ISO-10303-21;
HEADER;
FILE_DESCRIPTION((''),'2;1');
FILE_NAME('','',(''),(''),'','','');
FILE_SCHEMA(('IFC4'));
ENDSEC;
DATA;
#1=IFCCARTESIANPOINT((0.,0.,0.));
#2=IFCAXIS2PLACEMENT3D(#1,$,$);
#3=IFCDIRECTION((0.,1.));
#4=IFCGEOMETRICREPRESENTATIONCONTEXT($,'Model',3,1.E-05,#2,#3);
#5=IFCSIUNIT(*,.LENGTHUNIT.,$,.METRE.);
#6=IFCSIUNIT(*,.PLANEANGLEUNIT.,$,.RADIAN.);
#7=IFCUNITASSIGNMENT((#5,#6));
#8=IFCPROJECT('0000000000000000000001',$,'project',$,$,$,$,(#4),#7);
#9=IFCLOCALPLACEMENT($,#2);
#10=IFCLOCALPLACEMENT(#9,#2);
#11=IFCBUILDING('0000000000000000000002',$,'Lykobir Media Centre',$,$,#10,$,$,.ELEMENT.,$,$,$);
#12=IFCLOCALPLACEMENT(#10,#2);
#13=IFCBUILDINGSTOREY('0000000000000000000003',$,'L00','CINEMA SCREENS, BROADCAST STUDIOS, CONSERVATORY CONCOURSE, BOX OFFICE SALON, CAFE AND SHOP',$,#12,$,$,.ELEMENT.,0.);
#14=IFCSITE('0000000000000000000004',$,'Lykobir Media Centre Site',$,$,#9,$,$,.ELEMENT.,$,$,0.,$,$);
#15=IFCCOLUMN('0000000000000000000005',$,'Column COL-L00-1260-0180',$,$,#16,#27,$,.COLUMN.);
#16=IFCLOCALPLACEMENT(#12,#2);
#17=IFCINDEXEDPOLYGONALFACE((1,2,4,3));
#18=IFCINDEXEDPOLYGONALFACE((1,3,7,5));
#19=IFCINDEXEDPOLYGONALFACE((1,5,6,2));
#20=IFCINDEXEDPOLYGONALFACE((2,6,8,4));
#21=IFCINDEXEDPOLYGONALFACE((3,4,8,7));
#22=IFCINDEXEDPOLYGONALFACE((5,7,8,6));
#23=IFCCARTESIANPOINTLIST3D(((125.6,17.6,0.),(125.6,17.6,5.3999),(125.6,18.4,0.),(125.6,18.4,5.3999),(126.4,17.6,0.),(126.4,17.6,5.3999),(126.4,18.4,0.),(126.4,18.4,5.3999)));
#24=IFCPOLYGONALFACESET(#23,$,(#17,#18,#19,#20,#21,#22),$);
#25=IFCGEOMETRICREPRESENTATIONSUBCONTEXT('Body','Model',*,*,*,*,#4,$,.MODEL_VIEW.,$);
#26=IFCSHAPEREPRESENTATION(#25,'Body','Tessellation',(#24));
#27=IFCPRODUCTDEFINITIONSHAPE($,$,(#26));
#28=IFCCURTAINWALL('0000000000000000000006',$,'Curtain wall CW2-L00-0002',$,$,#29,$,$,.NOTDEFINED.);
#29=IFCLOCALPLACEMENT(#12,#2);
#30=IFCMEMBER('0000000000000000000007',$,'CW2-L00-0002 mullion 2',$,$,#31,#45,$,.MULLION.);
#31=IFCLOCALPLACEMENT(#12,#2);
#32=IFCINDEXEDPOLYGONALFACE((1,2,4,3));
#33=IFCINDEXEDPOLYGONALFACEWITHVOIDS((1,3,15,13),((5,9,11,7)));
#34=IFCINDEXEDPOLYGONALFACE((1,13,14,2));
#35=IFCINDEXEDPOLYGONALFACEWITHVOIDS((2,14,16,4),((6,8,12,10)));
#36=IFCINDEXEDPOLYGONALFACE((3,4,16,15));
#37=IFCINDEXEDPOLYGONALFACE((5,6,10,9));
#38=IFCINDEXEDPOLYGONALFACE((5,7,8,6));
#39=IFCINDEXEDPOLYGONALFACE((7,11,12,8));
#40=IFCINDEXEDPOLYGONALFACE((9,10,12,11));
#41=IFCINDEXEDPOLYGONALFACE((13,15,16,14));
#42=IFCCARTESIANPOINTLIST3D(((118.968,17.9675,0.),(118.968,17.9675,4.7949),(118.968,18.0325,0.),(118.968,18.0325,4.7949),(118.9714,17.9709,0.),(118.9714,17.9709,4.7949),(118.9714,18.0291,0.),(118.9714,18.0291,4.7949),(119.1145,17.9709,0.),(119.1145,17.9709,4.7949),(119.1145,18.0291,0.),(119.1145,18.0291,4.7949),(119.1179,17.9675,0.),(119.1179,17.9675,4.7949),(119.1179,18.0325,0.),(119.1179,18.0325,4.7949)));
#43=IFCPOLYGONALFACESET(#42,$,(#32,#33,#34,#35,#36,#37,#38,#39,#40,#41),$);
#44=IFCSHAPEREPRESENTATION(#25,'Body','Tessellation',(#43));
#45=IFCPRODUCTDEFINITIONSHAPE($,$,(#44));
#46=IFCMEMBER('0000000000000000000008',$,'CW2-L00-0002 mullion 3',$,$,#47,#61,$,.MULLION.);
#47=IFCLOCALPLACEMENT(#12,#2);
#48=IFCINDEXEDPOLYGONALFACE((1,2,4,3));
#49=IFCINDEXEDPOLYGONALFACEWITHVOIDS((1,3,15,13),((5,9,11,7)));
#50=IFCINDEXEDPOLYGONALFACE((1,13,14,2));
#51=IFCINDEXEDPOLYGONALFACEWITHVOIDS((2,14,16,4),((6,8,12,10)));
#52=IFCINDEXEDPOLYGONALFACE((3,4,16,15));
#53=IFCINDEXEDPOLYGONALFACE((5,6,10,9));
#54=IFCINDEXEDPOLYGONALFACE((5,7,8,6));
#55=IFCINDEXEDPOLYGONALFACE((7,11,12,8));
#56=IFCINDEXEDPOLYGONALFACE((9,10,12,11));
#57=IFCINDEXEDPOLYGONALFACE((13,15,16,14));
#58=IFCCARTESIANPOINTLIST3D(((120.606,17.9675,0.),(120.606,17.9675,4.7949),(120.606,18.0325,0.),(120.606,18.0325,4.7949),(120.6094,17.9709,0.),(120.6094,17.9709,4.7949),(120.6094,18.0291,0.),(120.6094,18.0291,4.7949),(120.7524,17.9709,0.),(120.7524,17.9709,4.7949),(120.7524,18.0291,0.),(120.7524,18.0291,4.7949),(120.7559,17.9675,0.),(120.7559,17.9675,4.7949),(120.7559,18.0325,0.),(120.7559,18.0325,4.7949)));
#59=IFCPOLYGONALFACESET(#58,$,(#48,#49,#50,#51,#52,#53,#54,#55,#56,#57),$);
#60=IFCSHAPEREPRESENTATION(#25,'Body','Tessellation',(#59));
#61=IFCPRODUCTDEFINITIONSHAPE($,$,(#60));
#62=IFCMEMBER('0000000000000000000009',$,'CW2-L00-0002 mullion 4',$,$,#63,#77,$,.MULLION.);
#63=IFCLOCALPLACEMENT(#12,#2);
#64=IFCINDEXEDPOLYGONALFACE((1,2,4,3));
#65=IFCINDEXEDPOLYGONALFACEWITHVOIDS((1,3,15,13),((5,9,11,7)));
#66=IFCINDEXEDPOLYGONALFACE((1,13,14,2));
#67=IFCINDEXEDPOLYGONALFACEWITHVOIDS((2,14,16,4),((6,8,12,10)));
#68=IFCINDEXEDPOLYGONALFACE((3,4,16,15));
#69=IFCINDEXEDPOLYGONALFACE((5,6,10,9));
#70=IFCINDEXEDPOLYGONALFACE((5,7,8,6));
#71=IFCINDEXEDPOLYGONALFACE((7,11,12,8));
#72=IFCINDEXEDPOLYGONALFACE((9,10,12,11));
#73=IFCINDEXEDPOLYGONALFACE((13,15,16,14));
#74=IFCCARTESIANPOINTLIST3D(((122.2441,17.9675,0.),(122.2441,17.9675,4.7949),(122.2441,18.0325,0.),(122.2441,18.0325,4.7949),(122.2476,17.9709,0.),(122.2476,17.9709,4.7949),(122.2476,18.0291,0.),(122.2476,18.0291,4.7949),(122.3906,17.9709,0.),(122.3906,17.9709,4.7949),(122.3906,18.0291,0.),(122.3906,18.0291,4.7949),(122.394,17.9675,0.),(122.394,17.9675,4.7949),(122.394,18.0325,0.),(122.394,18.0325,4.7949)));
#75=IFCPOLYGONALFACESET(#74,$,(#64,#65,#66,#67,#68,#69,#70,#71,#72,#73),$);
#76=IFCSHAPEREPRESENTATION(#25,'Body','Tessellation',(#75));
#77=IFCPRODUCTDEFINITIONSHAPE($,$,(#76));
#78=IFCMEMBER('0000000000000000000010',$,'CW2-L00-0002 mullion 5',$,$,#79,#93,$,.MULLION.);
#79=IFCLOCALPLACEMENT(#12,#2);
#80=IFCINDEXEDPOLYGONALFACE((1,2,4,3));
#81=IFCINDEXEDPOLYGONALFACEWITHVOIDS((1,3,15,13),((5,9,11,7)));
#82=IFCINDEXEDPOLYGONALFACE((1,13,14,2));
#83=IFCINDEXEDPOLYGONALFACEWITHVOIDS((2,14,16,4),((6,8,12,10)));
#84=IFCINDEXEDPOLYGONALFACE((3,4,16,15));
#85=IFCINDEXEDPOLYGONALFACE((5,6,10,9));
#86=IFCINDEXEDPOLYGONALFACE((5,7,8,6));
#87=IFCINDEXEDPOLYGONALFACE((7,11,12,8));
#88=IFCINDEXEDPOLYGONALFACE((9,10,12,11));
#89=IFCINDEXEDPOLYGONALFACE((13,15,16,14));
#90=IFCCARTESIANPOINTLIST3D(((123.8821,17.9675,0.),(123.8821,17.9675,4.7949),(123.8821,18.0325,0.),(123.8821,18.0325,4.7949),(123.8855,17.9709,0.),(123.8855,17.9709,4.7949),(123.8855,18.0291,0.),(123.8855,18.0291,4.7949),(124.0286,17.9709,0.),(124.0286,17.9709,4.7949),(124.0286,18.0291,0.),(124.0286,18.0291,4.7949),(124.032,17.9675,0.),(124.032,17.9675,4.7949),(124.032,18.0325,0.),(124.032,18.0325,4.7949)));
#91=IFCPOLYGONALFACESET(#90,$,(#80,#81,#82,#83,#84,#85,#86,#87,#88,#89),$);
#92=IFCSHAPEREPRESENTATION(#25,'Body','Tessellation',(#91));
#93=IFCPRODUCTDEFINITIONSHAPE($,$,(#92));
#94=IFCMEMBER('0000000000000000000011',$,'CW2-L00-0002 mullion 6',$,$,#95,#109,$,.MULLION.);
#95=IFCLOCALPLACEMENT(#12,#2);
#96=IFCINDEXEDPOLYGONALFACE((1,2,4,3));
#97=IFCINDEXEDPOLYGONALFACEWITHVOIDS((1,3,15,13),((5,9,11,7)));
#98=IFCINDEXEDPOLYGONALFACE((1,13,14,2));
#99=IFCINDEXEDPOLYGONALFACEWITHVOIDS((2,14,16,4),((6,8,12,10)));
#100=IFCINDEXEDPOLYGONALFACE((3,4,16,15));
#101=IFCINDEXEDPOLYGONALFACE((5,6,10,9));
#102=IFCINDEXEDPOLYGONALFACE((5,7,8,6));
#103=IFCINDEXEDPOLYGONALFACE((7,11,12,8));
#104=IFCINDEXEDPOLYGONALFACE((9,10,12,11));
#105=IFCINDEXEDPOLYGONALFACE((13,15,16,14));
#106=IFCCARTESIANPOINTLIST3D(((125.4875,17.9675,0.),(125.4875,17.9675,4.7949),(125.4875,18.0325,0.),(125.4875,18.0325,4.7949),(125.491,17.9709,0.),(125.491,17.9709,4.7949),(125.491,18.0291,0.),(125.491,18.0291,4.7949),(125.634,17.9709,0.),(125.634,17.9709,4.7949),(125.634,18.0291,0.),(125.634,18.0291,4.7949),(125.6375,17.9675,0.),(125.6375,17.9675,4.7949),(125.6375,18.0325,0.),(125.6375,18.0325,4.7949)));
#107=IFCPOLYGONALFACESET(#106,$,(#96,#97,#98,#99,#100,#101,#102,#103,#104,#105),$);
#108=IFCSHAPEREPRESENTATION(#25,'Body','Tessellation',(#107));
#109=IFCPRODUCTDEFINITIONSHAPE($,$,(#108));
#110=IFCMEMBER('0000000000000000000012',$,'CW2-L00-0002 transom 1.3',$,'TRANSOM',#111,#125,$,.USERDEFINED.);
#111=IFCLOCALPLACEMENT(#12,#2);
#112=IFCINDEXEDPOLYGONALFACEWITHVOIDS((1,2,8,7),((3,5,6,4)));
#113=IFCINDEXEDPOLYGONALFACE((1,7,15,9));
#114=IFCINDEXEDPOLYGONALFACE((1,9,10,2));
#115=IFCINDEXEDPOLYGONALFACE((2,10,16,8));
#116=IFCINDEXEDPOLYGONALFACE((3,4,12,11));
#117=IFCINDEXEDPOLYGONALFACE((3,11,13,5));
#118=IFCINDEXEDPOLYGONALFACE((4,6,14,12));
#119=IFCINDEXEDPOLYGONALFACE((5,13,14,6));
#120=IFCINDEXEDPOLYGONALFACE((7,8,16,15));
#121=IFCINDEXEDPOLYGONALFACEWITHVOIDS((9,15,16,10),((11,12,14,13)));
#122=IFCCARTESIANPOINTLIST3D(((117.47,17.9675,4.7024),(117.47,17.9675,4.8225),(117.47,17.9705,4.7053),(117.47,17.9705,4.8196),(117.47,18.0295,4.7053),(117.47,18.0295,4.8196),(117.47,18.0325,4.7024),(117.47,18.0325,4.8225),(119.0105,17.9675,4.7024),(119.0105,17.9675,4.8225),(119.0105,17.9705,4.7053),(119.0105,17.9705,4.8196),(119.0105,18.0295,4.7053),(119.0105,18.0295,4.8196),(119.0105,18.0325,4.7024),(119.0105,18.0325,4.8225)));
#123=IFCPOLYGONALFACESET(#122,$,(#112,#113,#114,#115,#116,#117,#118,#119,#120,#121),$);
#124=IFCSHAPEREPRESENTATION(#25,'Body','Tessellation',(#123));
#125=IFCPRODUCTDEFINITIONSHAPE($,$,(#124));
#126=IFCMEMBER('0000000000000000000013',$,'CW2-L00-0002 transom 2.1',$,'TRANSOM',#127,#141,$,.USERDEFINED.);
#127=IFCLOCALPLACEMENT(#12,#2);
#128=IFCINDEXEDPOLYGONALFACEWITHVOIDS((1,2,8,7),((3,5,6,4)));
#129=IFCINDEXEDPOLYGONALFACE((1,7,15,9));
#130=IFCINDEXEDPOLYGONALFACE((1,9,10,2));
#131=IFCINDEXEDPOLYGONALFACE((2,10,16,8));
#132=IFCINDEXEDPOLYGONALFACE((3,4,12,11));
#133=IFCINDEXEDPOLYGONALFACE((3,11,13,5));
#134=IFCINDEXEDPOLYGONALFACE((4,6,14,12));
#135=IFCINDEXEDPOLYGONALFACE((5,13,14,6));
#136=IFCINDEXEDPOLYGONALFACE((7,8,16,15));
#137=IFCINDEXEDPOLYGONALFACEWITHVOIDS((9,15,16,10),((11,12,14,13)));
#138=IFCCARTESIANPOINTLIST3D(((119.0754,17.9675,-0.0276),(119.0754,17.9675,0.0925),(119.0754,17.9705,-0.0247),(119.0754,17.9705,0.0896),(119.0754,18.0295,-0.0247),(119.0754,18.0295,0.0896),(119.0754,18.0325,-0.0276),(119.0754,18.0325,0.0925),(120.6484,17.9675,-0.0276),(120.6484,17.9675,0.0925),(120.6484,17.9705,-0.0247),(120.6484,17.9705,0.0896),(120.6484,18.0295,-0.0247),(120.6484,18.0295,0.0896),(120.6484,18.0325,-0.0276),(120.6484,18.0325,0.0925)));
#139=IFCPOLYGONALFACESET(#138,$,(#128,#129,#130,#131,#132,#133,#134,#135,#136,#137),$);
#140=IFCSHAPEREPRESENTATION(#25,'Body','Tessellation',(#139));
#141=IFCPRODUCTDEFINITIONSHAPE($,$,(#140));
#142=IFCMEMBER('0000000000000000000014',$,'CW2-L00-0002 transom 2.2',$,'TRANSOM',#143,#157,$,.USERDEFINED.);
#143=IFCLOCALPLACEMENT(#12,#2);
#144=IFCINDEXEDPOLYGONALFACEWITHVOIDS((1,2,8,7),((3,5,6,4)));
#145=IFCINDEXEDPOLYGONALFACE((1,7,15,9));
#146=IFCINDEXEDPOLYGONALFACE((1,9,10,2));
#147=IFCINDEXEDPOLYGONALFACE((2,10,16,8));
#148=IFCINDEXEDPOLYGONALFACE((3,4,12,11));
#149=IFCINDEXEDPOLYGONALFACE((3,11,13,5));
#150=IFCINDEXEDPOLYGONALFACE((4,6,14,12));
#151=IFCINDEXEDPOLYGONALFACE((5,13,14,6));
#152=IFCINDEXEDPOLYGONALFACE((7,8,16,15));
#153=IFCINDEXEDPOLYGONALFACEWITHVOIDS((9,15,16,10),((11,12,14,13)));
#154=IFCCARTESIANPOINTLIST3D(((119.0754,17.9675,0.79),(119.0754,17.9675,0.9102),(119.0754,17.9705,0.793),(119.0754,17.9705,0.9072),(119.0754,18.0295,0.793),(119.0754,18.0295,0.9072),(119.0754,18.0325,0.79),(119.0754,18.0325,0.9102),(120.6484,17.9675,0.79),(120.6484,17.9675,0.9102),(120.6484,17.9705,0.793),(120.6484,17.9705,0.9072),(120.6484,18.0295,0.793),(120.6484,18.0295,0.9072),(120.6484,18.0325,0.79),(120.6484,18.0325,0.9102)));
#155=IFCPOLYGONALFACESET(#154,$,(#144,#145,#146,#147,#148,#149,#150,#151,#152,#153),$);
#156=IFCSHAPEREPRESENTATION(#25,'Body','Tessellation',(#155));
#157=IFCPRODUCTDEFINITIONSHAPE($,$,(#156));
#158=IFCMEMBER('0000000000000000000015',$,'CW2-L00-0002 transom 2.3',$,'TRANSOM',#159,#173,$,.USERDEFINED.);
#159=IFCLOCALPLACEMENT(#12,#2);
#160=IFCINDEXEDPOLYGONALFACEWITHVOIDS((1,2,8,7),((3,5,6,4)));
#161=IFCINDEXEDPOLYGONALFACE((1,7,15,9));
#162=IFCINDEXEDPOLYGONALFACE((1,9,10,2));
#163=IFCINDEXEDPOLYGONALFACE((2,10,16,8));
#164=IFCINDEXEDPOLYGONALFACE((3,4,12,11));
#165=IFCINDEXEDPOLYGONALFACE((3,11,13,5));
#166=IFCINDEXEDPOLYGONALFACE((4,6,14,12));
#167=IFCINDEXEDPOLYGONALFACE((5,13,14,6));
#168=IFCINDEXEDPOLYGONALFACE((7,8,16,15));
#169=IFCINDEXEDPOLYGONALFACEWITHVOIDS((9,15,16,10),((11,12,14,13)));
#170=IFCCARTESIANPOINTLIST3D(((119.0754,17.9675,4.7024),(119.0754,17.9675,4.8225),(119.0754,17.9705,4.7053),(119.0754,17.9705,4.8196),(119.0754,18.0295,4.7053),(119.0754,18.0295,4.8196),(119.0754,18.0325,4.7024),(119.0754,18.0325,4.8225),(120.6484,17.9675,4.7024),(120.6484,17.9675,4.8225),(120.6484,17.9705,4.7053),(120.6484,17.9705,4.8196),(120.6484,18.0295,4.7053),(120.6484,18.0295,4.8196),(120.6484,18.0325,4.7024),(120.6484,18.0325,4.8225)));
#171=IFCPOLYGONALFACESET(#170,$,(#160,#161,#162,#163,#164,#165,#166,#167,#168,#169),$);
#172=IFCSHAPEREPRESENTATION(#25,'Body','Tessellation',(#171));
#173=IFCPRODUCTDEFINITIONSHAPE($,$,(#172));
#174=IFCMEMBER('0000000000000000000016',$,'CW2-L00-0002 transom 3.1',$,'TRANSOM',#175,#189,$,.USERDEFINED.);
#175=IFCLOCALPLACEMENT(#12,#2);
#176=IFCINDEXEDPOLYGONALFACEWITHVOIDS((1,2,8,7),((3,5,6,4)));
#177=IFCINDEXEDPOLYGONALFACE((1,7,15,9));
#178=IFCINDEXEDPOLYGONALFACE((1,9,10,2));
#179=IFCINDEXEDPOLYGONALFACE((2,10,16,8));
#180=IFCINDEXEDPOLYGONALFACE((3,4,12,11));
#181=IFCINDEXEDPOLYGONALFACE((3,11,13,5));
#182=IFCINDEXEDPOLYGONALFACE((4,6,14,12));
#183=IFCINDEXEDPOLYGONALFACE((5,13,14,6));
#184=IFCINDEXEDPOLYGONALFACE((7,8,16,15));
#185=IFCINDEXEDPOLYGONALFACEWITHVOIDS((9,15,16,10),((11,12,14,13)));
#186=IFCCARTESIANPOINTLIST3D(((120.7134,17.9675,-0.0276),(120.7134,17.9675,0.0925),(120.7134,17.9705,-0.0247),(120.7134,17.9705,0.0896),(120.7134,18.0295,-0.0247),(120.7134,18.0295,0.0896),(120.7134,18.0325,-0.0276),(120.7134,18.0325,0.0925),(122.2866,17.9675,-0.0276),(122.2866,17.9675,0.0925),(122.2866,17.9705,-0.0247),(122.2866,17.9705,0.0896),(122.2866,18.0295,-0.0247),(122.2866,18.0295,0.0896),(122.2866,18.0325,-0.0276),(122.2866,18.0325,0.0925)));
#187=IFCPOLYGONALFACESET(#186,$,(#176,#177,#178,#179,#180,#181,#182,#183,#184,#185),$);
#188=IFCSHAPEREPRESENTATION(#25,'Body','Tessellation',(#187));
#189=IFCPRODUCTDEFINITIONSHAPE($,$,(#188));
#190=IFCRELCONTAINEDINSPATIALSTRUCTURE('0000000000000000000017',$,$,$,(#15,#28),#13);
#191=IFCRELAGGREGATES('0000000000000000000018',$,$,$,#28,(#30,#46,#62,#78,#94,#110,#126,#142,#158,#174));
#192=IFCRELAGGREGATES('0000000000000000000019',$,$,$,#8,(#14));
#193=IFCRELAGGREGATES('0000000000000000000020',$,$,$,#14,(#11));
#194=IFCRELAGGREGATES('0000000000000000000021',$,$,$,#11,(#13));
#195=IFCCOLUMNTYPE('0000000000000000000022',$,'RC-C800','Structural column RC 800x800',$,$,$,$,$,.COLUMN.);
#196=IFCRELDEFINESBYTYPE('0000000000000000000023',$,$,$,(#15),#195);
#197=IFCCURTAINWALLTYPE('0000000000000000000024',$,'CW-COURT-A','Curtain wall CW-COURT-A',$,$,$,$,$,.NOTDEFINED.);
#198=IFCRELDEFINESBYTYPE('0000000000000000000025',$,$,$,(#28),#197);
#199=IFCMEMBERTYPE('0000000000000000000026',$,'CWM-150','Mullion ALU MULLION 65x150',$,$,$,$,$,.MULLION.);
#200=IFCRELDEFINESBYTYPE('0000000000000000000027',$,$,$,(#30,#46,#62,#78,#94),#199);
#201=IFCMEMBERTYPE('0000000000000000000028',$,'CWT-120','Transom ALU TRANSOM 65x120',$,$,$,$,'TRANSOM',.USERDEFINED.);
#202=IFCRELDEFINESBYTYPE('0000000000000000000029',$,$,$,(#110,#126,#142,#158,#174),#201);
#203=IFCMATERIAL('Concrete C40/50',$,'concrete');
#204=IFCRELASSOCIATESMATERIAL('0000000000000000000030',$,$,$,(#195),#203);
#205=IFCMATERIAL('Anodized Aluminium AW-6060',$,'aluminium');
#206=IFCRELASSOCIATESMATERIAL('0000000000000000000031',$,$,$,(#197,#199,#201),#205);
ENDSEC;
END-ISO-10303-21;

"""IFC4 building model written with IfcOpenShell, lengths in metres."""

from ifc_helpers import new_model, si_unit, direction, frame, origin, origin_2d, place, context, subcontext, project, spatial, rectangle, hollow_rectangle, extrude, material, material_profile, profile_set, type_object, element, aggregate, save


model = new_model("IFC4")

# Units and contexts
model_context = context("Model", 3, precision=1e-05, world=origin(), true_north=direction((0.0, 1.0)))
body_context = subcontext(model_context, "Body", "Model", "MODEL_VIEW")
ifc_project = project(units=[si_unit("LENGTHUNIT", "METRE"), si_unit("PLANEANGLEUNIT", "RADIAN")], contexts=[model_context])

# Site, building, storey
site_placement = place(None, origin())
site = spatial("IfcSite", under=ifc_project, at=site_placement, Name="Lykobir Media Centre Site", CompositionType="ELEMENT", RefElevation=0.0)
building_placement = place(site_placement, origin())
building = spatial("IfcBuilding", under=site, at=building_placement, Name="Lykobir Media Centre", CompositionType="ELEMENT")
storey_placement = place(building_placement, origin())
storey = spatial("IfcBuildingStorey", under=building, at=storey_placement, Name="L00", Description="CINEMA SCREENS, BROADCAST STUDIOS, CONSERVATORY CONCOURSE, BOX OFFICE SALON, CAFE AND SHOP", CompositionType="ELEMENT", Elevation=0.0)

# Column
ifc_material_1 = material(Name="Concrete C40/50", Category="concrete")
ifc_material_profile_1 = material_profile(ifc_material_1, rectangle(XDim=0.8, YDim=0.8, at=origin_2d()), Name="RC 800x800")
ifc_profile_set_1 = profile_set([ifc_material_profile_1], Name="Concrete C40/50")
column_type = type_object("IfcColumnType", Name="RC-C800", Description="Structural column RC 800x800", PredefinedType="COLUMN", material=ifc_profile_set_1)
column_placement = place(storey_placement, frame((126.0, 18.0, 0.0), z_axis=(0.0, 0.0, 1.0), x_axis=(1.0, 0.0, 0.0)))
element("IfcColumn", 1, at=column_placement, inside=storey, type_object=column_type, Name="Column COL-L00-1260-0180", PredefinedType="COLUMN", context=body_context, shape_type="SweptSolid", body=[
    extrude(rectangle(XDim=0.8, YDim=0.8, at=origin_2d()), origin(), (0.0, 0.0, 1.0), 5.3999),
])

# Curtain wall, members
ifc_material_2 = material(Name="Anodized Aluminium AW-6060", Category="aluminium")
curtain_wall_type = type_object("IfcCurtainWallType", Name="CW-COURT-A", Description="Curtain wall CW-COURT-A", PredefinedType="NOTDEFINED", material=ifc_material_2)
curtain_wall_placement = place(storey_placement, origin())
curtain_wall = element("IfcCurtainWall", 2, at=curtain_wall_placement, inside=storey, type_object=curtain_wall_type, Name="Curtain wall CW2-L00-0002", PredefinedType="NOTDEFINED")
ifc_material_profile_2 = material_profile(ifc_material_2, hollow_rectangle(XDim=0.0649, YDim=0.1499, WallThickness=0.0034, at=origin_2d()), Name="ALU MULLION 65x150")
ifc_profile_set_2 = profile_set([ifc_material_profile_2], Name="Anodized Aluminium AW-6060")
member_type_1 = type_object("IfcMemberType", Name="CWM-150", Description="Mullion ALU MULLION 65x150", PredefinedType="MULLION", material=ifc_profile_set_2)
member_1_placement = place(storey_placement, frame((119.043, 18.0, 0.0), z_axis=(0.0, 0.0, 1.0), x_axis=(0.0, 1.0, 0.0)))
member_1 = element("IfcMember", 3, at=member_1_placement, type_object=member_type_1, Name="CW2-L00-0002 mullion 2", PredefinedType="MULLION", context=body_context, shape_type="SweptSolid", body=[
    extrude(hollow_rectangle(XDim=0.0649, YDim=0.1499, WallThickness=0.0034, at=origin_2d()), origin(), (0.0, 0.0, 1.0), 4.7949),
])
member_2_placement = place(storey_placement, frame((120.6809, 18.0, 0.0), z_axis=(0.0, 0.0, 1.0), x_axis=(0.0, 1.0, 0.0)))
member_2 = element("IfcMember", 4, at=member_2_placement, type_object=member_type_1, Name="CW2-L00-0002 mullion 3", PredefinedType="MULLION", context=body_context, shape_type="SweptSolid", body=[
    extrude(hollow_rectangle(XDim=0.0649, YDim=0.1499, WallThickness=0.0034, at=origin_2d()), origin(), (0.0, 0.0, 1.0), 4.7949),
])
member_3_placement = place(storey_placement, frame((122.3191, 18.0, 0.0), z_axis=(0.0, 0.0, 1.0), x_axis=(0.0, 1.0, 0.0)))
member_3 = element("IfcMember", 5, at=member_3_placement, type_object=member_type_1, Name="CW2-L00-0002 mullion 4", PredefinedType="MULLION", context=body_context, shape_type="SweptSolid", body=[
    extrude(hollow_rectangle(XDim=0.0649, YDim=0.1499, WallThickness=0.0034, at=origin_2d()), origin(), (0.0, 0.0, 1.0), 4.7949),
])
member_4_placement = place(storey_placement, frame((123.957, 18.0, 0.0), z_axis=(0.0, 0.0, 1.0), x_axis=(0.0, 1.0, 0.0)))
member_4 = element("IfcMember", 6, at=member_4_placement, type_object=member_type_1, Name="CW2-L00-0002 mullion 5", PredefinedType="MULLION", context=body_context, shape_type="SweptSolid", body=[
    extrude(hollow_rectangle(XDim=0.0649, YDim=0.1499, WallThickness=0.0034, at=origin_2d()), origin(), (0.0, 0.0, 1.0), 4.7949),
])
member_5_placement = place(storey_placement, frame((125.5625, 18.0, 0.0), z_axis=(0.0, 0.0, 1.0), x_axis=(0.0, 1.0, 0.0)))
member_5 = element("IfcMember", 7, at=member_5_placement, type_object=member_type_1, Name="CW2-L00-0002 mullion 6", PredefinedType="MULLION", context=body_context, shape_type="SweptSolid", body=[
    extrude(hollow_rectangle(XDim=0.0649, YDim=0.1499, WallThickness=0.0034, at=origin_2d()), origin(), (0.0, 0.0, 1.0), 4.7949),
])
ifc_material_profile_3 = material_profile(ifc_material_2, hollow_rectangle(XDim=0.0649, YDim=0.1201, WallThickness=0.0029, at=origin_2d()), Name="ALU TRANSOM 65x120")
ifc_profile_set_3 = profile_set([ifc_material_profile_3], Name="Anodized Aluminium AW-6060")
member_type_2 = type_object("IfcMemberType", Name="CWT-120", Description="Transom ALU TRANSOM 65x120", ElementType="TRANSOM", PredefinedType="USERDEFINED", material=ifc_profile_set_3)
member_6_placement = place(storey_placement, frame((117.47, 18.0, 4.7625), z_axis=(1.0, 0.0, 0.0), x_axis=(0.0, 1.0, 0.0)))
member_6 = element("IfcMember", 8, at=member_6_placement, type_object=member_type_2, Name="CW2-L00-0002 transom 1.3", ObjectType="TRANSOM", PredefinedType="USERDEFINED", context=body_context, shape_type="SweptSolid", body=[
    extrude(hollow_rectangle(XDim=0.0649, YDim=0.1201, WallThickness=0.0029, at=origin_2d()), origin(), (0.0, 0.0, 1.0), 1.5405),
])
member_7_placement = place(storey_placement, frame((119.0754, 18.0, 0.0325), z_axis=(1.0, 0.0, 0.0), x_axis=(0.0, 1.0, 0.0)))
member_7 = element("IfcMember", 9, at=member_7_placement, type_object=member_type_2, Name="CW2-L00-0002 transom 2.1", ObjectType="TRANSOM", PredefinedType="USERDEFINED", context=body_context, shape_type="SweptSolid", body=[
    extrude(hollow_rectangle(XDim=0.0649, YDim=0.1201, WallThickness=0.0029, at=origin_2d()), origin(), (0.0, 0.0, 1.0), 1.573),
])
member_8_placement = place(storey_placement, frame((119.0754, 18.0, 0.8501), z_axis=(1.0, 0.0, 0.0), x_axis=(0.0, 1.0, 0.0)))
member_8 = element("IfcMember", 10, at=member_8_placement, type_object=member_type_2, Name="CW2-L00-0002 transom 2.2", ObjectType="TRANSOM", PredefinedType="USERDEFINED", context=body_context, shape_type="SweptSolid", body=[
    extrude(hollow_rectangle(XDim=0.0649, YDim=0.1201, WallThickness=0.0029, at=origin_2d()), origin(), (0.0, 0.0, 1.0), 1.573),
])
member_9_placement = place(storey_placement, frame((119.0754, 18.0, 4.7625), z_axis=(1.0, 0.0, 0.0), x_axis=(0.0, 1.0, 0.0)))
member_9 = element("IfcMember", 11, at=member_9_placement, type_object=member_type_2, Name="CW2-L00-0002 transom 2.3", ObjectType="TRANSOM", PredefinedType="USERDEFINED", context=body_context, shape_type="SweptSolid", body=[
    extrude(hollow_rectangle(XDim=0.0649, YDim=0.1201, WallThickness=0.0029, at=origin_2d()), origin(), (0.0, 0.0, 1.0), 1.573),
])
member_10_placement = place(storey_placement, frame((120.7134, 18.0, 0.0325), z_axis=(1.0, 0.0, 0.0), x_axis=(0.0, 1.0, 0.0)))
member_10 = element("IfcMember", 12, at=member_10_placement, type_object=member_type_2, Name="CW2-L00-0002 transom 3.1", ObjectType="TRANSOM", PredefinedType="USERDEFINED", context=body_context, shape_type="SweptSolid", body=[
    extrude(hollow_rectangle(XDim=0.0649, YDim=0.1201, WallThickness=0.0029, at=origin_2d()), origin(), (0.0, 0.0, 1.0), 1.5732),
])
aggregate(curtain_wall, [member_1, member_2, member_3, member_4, member_5, member_6, member_7, member_8, member_9, member_10])

save(model, "model.ifc")
